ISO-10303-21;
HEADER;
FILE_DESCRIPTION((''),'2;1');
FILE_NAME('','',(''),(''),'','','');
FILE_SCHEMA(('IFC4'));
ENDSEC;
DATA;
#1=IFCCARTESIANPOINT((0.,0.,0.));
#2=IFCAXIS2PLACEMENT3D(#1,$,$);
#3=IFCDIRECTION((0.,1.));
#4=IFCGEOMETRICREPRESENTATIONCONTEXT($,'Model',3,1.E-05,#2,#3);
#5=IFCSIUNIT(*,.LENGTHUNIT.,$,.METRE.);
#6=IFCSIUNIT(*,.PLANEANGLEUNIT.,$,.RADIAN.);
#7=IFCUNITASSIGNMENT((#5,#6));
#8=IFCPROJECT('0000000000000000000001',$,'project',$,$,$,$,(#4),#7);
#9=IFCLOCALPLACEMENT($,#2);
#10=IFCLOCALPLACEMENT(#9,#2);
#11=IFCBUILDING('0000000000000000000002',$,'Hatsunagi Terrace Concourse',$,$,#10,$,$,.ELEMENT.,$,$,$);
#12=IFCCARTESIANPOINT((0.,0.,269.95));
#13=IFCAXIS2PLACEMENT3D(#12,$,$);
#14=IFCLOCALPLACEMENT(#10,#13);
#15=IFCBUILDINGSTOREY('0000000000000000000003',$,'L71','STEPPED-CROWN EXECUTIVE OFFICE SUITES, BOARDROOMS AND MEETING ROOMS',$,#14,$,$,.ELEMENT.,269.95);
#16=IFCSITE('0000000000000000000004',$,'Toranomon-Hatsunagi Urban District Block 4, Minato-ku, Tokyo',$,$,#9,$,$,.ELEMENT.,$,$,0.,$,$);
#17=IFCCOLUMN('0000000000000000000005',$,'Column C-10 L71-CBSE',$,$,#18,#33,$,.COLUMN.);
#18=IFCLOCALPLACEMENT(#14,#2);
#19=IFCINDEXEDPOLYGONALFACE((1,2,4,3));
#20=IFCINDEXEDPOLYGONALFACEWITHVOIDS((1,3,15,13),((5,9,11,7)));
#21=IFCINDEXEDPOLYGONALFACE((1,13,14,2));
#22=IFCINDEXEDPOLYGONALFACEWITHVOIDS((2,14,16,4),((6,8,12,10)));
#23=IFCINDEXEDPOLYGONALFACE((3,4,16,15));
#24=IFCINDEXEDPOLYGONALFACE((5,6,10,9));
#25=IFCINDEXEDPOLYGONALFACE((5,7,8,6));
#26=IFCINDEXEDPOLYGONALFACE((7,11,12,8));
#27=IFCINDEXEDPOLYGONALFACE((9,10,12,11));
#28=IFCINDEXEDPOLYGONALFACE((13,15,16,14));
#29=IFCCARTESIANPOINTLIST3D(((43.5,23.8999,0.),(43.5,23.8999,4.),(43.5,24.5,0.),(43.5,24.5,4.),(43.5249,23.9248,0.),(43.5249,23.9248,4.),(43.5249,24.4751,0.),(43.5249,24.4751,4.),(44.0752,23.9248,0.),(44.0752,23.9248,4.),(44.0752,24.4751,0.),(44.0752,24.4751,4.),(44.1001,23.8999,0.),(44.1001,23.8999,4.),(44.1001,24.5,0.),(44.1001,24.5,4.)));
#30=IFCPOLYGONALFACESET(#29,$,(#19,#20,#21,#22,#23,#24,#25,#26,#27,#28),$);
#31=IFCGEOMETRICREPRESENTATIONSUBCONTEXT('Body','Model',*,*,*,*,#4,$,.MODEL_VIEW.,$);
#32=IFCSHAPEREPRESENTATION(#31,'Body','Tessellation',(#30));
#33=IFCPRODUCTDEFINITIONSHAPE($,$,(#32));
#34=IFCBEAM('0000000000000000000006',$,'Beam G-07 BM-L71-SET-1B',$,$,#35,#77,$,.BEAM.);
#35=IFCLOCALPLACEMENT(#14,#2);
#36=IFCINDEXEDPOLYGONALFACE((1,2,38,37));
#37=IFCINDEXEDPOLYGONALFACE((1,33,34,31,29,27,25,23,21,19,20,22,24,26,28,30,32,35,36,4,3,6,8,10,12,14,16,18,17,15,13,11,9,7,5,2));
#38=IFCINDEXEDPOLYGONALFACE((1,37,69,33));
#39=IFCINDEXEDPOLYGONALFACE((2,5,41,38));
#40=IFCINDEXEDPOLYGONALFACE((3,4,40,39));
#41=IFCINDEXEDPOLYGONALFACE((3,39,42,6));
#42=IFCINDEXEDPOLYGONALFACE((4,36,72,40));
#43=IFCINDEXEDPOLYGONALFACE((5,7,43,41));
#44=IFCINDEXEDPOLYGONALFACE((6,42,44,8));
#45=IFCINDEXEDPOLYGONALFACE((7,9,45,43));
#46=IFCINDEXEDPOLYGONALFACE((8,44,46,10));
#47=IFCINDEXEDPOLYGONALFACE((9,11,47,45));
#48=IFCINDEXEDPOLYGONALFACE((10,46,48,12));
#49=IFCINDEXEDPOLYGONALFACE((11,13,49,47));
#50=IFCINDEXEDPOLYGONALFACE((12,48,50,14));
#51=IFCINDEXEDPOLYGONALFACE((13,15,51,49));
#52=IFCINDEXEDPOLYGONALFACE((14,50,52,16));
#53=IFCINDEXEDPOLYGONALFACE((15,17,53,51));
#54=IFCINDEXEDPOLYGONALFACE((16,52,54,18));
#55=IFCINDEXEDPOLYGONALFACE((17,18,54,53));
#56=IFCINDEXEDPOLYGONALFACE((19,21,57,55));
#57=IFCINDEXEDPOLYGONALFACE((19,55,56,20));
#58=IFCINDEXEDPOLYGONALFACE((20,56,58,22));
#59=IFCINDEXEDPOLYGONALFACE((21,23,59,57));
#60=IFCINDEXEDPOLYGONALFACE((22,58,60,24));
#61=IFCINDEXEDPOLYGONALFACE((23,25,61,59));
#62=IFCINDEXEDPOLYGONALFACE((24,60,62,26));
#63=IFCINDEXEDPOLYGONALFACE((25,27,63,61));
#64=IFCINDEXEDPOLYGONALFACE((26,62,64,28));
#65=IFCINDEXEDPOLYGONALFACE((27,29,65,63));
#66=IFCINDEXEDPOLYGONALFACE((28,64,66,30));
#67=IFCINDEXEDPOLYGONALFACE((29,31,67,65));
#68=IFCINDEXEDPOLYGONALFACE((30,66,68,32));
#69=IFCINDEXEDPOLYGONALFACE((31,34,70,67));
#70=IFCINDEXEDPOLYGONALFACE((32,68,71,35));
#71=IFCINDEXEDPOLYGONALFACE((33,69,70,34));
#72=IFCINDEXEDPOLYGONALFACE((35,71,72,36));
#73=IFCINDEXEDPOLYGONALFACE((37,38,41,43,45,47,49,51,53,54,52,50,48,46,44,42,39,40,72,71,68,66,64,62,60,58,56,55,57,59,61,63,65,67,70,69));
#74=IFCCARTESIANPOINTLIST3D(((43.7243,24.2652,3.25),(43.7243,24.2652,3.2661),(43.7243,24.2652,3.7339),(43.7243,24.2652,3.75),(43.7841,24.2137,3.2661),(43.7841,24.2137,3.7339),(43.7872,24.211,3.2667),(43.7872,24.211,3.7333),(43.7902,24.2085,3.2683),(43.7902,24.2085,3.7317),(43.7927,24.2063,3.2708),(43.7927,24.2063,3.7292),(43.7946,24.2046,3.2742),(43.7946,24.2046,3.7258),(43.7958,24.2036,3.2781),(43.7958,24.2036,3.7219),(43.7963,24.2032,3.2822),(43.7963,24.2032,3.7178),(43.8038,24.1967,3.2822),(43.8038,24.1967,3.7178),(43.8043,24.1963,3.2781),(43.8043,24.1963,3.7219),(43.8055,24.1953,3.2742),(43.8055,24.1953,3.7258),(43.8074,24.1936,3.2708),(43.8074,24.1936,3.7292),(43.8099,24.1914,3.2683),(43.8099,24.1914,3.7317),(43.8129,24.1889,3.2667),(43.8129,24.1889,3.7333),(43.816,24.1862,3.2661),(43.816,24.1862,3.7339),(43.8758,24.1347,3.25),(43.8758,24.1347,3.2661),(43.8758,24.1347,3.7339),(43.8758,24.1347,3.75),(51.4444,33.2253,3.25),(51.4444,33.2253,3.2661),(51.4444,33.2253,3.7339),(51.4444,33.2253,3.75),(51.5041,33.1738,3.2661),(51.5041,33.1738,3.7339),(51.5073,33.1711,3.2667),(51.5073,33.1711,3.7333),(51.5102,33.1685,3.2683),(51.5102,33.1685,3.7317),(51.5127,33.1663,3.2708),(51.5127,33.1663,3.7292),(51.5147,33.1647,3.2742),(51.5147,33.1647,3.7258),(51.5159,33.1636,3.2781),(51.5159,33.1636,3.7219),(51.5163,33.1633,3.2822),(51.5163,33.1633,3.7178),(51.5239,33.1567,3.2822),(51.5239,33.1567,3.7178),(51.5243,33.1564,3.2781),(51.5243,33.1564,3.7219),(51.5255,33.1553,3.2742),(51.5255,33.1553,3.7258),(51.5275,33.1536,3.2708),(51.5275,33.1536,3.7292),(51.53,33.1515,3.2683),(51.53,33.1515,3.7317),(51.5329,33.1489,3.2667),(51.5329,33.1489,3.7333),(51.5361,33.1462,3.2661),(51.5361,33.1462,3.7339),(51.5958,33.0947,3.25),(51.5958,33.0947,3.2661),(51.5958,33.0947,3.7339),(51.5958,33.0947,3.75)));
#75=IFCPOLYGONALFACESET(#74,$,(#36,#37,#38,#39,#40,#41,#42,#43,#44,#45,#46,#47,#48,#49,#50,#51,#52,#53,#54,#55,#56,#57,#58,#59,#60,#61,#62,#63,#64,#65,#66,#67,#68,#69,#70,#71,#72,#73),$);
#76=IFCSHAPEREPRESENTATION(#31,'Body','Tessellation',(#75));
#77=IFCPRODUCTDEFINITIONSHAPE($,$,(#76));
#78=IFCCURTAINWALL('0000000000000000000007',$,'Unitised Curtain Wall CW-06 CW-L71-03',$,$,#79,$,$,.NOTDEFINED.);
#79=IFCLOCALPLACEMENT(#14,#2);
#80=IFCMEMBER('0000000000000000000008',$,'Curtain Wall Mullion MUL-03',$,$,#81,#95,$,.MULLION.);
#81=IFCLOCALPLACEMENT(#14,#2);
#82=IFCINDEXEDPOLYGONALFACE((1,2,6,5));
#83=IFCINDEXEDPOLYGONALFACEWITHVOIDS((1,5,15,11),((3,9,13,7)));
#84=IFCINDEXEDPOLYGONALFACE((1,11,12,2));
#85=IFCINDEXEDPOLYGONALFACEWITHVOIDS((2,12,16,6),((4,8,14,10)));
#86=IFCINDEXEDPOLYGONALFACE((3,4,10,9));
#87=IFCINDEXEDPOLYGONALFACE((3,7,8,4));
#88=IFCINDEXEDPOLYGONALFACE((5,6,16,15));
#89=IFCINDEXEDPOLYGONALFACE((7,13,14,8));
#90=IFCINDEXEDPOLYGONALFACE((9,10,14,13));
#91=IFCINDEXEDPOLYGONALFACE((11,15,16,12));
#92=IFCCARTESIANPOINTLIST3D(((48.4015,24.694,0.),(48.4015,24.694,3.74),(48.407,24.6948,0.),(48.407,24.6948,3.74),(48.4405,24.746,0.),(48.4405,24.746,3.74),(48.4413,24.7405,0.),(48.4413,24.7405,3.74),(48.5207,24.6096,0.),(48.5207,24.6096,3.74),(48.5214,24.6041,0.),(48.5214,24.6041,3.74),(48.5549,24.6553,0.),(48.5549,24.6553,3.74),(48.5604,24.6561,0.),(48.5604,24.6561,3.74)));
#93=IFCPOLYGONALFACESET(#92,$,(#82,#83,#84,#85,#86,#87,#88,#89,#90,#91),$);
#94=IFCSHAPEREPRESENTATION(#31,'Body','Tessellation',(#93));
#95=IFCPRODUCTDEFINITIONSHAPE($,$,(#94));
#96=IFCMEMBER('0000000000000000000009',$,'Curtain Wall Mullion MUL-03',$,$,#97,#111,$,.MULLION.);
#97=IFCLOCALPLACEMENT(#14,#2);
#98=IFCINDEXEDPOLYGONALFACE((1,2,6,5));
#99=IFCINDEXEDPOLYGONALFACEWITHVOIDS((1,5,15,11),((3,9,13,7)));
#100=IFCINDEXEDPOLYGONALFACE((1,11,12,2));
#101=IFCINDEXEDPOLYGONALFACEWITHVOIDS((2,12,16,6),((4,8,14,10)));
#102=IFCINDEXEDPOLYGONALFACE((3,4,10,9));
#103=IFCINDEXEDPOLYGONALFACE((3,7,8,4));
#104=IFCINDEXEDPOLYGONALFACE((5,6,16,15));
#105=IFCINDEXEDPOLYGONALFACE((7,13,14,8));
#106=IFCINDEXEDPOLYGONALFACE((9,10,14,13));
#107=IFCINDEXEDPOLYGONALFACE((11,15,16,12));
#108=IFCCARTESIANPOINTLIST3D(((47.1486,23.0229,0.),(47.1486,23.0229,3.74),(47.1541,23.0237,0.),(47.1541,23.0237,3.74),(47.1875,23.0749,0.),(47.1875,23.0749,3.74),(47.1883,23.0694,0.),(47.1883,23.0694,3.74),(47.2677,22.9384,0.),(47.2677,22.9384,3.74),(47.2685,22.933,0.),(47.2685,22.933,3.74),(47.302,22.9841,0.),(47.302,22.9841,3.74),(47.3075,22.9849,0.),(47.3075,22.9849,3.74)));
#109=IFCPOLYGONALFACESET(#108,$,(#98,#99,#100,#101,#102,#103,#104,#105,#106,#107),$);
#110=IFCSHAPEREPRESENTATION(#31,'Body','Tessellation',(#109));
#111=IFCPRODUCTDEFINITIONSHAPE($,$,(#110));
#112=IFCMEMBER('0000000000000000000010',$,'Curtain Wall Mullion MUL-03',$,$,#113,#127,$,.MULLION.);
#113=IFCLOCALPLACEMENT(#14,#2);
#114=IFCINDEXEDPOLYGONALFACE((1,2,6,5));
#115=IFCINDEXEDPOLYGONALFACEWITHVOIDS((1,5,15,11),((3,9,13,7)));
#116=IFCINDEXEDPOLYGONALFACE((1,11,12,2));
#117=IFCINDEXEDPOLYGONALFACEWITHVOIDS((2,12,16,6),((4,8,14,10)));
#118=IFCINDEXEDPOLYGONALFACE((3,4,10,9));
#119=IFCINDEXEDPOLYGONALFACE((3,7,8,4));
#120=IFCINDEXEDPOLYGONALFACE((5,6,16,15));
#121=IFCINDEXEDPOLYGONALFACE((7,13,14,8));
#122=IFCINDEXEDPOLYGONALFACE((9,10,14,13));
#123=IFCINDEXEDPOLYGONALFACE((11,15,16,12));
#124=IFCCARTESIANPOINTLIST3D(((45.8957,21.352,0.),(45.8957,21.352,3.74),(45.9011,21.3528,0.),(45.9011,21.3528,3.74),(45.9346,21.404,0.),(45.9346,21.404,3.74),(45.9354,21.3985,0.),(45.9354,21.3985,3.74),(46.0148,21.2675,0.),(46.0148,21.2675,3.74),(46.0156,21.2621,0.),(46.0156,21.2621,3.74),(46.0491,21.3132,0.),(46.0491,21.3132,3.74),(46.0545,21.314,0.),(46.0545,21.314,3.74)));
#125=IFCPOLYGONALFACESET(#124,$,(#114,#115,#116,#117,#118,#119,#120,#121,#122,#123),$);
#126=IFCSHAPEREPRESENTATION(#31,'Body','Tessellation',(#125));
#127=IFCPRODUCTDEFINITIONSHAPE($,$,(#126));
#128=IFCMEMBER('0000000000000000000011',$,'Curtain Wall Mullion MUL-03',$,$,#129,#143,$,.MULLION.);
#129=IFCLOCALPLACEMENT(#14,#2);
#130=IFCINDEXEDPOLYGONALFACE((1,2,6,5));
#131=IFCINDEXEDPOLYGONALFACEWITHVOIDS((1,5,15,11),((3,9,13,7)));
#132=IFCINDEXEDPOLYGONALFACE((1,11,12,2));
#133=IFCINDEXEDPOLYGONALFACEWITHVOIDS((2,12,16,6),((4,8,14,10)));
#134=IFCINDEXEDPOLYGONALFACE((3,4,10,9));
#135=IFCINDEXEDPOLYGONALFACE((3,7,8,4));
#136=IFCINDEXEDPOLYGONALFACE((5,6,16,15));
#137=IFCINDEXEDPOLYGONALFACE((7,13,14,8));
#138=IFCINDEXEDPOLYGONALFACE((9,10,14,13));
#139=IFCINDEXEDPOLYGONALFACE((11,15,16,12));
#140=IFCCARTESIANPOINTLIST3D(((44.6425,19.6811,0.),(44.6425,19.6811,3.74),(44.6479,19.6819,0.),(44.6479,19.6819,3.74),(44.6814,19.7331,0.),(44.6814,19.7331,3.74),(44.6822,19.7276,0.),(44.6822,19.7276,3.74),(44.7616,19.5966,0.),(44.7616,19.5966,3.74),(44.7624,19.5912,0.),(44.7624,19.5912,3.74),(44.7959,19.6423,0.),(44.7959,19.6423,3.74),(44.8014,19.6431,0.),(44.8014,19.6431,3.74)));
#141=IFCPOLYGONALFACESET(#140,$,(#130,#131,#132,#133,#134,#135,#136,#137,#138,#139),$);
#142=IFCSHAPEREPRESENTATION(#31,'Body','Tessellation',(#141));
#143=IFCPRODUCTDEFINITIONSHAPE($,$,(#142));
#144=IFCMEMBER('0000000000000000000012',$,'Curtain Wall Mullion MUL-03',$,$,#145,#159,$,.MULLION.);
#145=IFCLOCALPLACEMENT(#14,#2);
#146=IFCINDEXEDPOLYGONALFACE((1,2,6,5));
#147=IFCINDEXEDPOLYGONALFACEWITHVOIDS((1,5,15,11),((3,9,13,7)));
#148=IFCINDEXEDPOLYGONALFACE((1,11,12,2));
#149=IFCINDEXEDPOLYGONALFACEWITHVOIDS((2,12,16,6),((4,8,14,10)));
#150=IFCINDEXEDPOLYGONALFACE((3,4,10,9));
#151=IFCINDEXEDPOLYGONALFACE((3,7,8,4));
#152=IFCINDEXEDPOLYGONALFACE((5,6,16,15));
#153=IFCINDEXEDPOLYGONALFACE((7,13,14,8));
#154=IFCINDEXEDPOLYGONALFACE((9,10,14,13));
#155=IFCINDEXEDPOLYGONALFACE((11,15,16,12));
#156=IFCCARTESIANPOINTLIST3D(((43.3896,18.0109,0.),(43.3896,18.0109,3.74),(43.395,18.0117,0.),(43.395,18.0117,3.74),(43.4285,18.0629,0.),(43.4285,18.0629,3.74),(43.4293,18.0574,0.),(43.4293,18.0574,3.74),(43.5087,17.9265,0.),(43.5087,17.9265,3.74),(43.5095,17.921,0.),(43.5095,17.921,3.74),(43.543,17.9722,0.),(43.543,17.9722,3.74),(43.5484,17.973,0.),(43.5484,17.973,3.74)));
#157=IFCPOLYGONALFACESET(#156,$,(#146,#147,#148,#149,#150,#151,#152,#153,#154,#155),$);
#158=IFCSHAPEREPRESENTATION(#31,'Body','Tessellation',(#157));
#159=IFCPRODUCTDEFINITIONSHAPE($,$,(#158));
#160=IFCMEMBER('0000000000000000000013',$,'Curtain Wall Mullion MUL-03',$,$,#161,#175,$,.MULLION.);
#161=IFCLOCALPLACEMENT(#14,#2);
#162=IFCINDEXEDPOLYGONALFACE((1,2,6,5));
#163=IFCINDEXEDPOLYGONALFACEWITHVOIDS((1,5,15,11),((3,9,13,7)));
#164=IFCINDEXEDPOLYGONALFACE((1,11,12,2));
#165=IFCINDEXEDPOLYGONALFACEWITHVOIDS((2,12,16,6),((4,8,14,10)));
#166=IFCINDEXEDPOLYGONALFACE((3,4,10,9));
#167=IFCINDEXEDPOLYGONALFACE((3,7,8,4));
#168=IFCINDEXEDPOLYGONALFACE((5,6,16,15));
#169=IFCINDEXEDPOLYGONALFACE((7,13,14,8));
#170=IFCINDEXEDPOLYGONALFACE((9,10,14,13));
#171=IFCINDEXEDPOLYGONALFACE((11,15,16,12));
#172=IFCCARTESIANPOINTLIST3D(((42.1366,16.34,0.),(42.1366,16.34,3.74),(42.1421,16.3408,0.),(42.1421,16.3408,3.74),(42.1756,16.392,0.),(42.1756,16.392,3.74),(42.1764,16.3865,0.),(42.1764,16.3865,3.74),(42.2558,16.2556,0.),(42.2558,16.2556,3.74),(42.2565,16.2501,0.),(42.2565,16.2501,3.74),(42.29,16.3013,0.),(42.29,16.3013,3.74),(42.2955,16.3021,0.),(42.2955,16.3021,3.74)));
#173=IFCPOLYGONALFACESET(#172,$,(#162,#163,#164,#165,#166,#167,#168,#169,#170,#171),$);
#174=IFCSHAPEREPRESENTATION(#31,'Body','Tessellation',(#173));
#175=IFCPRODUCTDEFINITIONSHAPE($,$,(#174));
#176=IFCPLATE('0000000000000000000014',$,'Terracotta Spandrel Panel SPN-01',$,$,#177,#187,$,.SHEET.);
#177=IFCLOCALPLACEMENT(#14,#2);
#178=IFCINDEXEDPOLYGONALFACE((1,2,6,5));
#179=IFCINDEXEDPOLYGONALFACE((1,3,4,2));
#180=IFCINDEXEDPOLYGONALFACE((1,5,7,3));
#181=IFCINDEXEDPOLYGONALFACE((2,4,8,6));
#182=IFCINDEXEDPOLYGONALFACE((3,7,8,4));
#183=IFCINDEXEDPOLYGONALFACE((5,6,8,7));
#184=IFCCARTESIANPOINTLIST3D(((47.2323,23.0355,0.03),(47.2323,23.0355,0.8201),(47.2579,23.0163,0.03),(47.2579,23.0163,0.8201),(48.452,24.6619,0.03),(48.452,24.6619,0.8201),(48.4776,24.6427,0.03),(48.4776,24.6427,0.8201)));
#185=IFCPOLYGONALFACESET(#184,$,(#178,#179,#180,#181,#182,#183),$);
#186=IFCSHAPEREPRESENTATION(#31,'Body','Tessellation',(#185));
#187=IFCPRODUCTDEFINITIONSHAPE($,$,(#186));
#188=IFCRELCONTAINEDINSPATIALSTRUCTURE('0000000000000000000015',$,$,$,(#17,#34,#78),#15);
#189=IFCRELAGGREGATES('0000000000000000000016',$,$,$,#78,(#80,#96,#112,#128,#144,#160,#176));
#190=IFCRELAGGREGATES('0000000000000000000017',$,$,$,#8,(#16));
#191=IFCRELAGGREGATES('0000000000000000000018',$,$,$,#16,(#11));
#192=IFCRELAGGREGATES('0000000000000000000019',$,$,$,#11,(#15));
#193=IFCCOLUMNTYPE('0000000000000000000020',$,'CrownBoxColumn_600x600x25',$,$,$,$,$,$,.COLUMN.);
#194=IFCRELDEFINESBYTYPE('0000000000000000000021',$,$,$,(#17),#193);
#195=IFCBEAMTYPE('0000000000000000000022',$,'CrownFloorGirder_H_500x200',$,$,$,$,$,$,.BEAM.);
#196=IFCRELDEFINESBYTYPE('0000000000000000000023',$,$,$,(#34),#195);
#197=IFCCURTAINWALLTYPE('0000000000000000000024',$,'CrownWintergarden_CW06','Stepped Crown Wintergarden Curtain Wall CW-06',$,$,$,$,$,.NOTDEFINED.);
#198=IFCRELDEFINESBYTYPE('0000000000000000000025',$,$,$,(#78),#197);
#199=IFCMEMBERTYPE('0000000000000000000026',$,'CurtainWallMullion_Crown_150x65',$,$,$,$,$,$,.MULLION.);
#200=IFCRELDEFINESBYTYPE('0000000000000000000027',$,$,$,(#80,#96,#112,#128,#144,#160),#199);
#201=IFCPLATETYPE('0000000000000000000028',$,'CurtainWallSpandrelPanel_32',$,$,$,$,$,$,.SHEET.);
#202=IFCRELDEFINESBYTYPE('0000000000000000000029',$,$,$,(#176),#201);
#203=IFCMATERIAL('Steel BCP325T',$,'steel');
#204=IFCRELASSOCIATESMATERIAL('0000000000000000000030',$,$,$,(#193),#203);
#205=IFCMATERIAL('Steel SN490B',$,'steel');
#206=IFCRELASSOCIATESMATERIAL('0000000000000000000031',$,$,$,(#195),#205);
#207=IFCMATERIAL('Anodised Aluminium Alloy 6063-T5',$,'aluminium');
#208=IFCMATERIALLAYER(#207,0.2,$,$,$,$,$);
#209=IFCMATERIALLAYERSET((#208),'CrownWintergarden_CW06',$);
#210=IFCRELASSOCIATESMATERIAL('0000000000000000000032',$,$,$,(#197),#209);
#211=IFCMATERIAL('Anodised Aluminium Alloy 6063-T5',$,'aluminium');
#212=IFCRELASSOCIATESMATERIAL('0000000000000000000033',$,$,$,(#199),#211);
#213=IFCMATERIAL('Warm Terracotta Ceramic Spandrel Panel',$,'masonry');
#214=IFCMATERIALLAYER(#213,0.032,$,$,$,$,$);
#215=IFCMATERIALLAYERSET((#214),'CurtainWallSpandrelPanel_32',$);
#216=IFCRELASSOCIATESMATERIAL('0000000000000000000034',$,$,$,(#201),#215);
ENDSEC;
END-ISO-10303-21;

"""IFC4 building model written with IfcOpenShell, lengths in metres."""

from ifc_helpers import new_model, si_unit, direction, frame, origin, origin_2d, place, context, subcontext, project, spatial, rectangle, hollow_rectangle, i_section, extrude, material, layer, layer_set, material_profile, profile_set, type_object, element, aggregate, save


model = new_model("IFC4")

# Units and contexts
model_context = context("Model", 3, precision=1e-05, world=origin(), true_north=direction((0.0, 1.0)))
body_context = subcontext(model_context, "Body", "Model", "MODEL_VIEW")
ifc_project = project(units=[si_unit("LENGTHUNIT", "METRE"), si_unit("PLANEANGLEUNIT", "RADIAN")], contexts=[model_context])

# Site, building, storey
site_placement = place(None, origin())
site = spatial("IfcSite", under=ifc_project, at=site_placement, Name="Toranomon-Hatsunagi Urban District Block 4, Minato-ku, Tokyo", CompositionType="ELEMENT", RefElevation=0.0)
building_placement = place(site_placement, origin())
building = spatial("IfcBuilding", under=site, at=building_placement, Name="Hatsunagi Terrace Concourse", CompositionType="ELEMENT")
storey_placement = place(building_placement, frame((0.0, 0.0, 269.95)))
storey = spatial("IfcBuildingStorey", under=building, at=storey_placement, Name="L71", Description="STEPPED-CROWN EXECUTIVE OFFICE SUITES, BOARDROOMS AND MEETING ROOMS", CompositionType="ELEMENT", Elevation=269.95)

# Column
ifc_material_1 = material(Name="Steel BCP325T", Category="steel")
ifc_material_profile_1 = material_profile(ifc_material_1, hollow_rectangle(XDim=0.6001, YDim=0.6001, WallThickness=0.0249, at=origin_2d()), Name="BCP-600x600x25")
ifc_profile_set_1 = profile_set([ifc_material_profile_1], Name="Steel BCP325T")
column_type = type_object("IfcColumnType", Name="CrownBoxColumn_600x600x25", PredefinedType="COLUMN", material=ifc_profile_set_1)
column_placement = place(storey_placement, frame((43.8, 24.2, 0.0), z_axis=(0.0, 0.0, 1.0), x_axis=(1.0, 0.0, 0.0)))
element("IfcColumn", 1, at=column_placement, inside=storey, type_object=column_type, Name="Column C-10 L71-CBSE", PredefinedType="COLUMN", context=body_context, shape_type="SweptSolid", body=[
    extrude(hollow_rectangle(XDim=0.6001, YDim=0.6001, WallThickness=0.0249, at=origin_2d()), origin(), (0.0, 0.0, 1.0), 4.0),
])

# Beam
ifc_material_2 = material(Name="Steel SN490B", Category="steel")
ifc_material_profile_2 = material_profile(ifc_material_2, i_section(OverallWidth=0.2, OverallDepth=0.5, WebThickness=0.01, FlangeThickness=0.0161, FilletRadius=0.0161, at=origin_2d()), Name="H-500x200x10x16")
ifc_profile_set_2 = profile_set([ifc_material_profile_2], Name="Steel SN490B")
beam_type = type_object("IfcBeamType", Name="CrownFloorGirder_H_500x200", PredefinedType="BEAM", material=ifc_profile_set_2)
beam_placement = place(storey_placement, frame((43.8, 24.2, 3.5), z_axis=(0.652739, 0.757583, 0.0), x_axis=(-0.757583, 0.652739, 0.0)))
element("IfcBeam", 2, at=beam_placement, inside=storey, type_object=beam_type, Name="Beam G-07 BM-L71-SET-1B", PredefinedType="BEAM", context=body_context, shape_type="SweptSolid", body=[
    extrude(i_section(OverallWidth=0.2, OverallDepth=0.5, WebThickness=0.01, FlangeThickness=0.0161, FilletRadius=0.0161, at=origin_2d()), origin(), (0.0, 0.0, 1.0), 11.8271),
])

# Curtain wall, members, plate
ifc_material_3 = material(Name="Anodised Aluminium Alloy 6063-T5", Category="aluminium")
ifc_layer_1 = layer(ifc_material_3, 0.2)
ifc_layer_set_1 = layer_set([ifc_layer_1], Name="CrownWintergarden_CW06")
curtain_wall_type = type_object("IfcCurtainWallType", Name="CrownWintergarden_CW06", Description="Stepped Crown Wintergarden Curtain Wall CW-06", PredefinedType="NOTDEFINED", material=ifc_layer_set_1)
curtain_wall_placement = place(storey_placement, origin())
curtain_wall = element("IfcCurtainWall", 3, at=curtain_wall_placement, inside=storey, type_object=curtain_wall_type, Name="Unitised Curtain Wall CW-06 CW-L71-03", PredefinedType="NOTDEFINED")
ifc_material_4 = material(Name="Anodised Aluminium Alloy 6063-T5", Category="aluminium")
ifc_material_profile_3 = material_profile(ifc_material_4, hollow_rectangle(XDim=0.0649, YDim=0.1499, WallThickness=0.0039, at=origin_2d()), Name="ALU-MUL-150x65x4")
ifc_profile_set_3 = profile_set([ifc_material_profile_3], Name="Anodised Aluminium Alloy 6063-T5")
member_type = type_object("IfcMemberType", Name="CurtainWallMullion_Crown_150x65", PredefinedType="MULLION", material=ifc_profile_set_3)
member_1_placement = place(storey_placement, frame((48.481, 24.675, 0.0), z_axis=(0.0, 0.0, 1.0), x_axis=(-0.599969, -0.800023, 0.0)))
member_1 = element("IfcMember", 4, at=member_1_placement, type_object=member_type, Name="Curtain Wall Mullion MUL-03", PredefinedType="MULLION", context=body_context, shape_type="SweptSolid", body=[
    extrude(hollow_rectangle(XDim=0.0649, YDim=0.1499, WallThickness=0.0039, at=origin_2d()), origin(), (0.0, 0.0, 1.0), 3.74),
])
member_2_placement = place(storey_placement, frame((47.228, 23.0039, 0.0), z_axis=(0.0, 0.0, 1.0), x_axis=(-0.599969, -0.800023, 0.0)))
member_2 = element("IfcMember", 5, at=member_2_placement, type_object=member_type, Name="Curtain Wall Mullion MUL-03", PredefinedType="MULLION", context=body_context, shape_type="SweptSolid", body=[
    extrude(hollow_rectangle(XDim=0.0649, YDim=0.1499, WallThickness=0.0039, at=origin_2d()), origin(), (0.0, 0.0, 1.0), 3.74),
])
member_3_placement = place(storey_placement, frame((45.9751, 21.333, 0.0), z_axis=(0.0, 0.0, 1.0), x_axis=(-0.599969, -0.800023, 0.0)))
member_3 = element("IfcMember", 6, at=member_3_placement, type_object=member_type, Name="Curtain Wall Mullion MUL-03", PredefinedType="MULLION", context=body_context, shape_type="SweptSolid", body=[
    extrude(hollow_rectangle(XDim=0.0649, YDim=0.1499, WallThickness=0.0039, at=origin_2d()), origin(), (0.0, 0.0, 1.0), 3.74),
])
member_4_placement = place(storey_placement, frame((44.7219, 19.6621, 0.0), z_axis=(0.0, 0.0, 1.0), x_axis=(-0.599969, -0.800023, 0.0)))
member_4 = element("IfcMember", 7, at=member_4_placement, type_object=member_type, Name="Curtain Wall Mullion MUL-03", PredefinedType="MULLION", context=body_context, shape_type="SweptSolid", body=[
    extrude(hollow_rectangle(XDim=0.0649, YDim=0.1499, WallThickness=0.0039, at=origin_2d()), origin(), (0.0, 0.0, 1.0), 3.74),
])
member_5_placement = place(storey_placement, frame((43.469, 17.9919, 0.0), z_axis=(0.0, 0.0, 1.0), x_axis=(-0.599969, -0.800023, 0.0)))
member_5 = element("IfcMember", 8, at=member_5_placement, type_object=member_type, Name="Curtain Wall Mullion MUL-03", PredefinedType="MULLION", context=body_context, shape_type="SweptSolid", body=[
    extrude(hollow_rectangle(XDim=0.0649, YDim=0.1499, WallThickness=0.0039, at=origin_2d()), origin(), (0.0, 0.0, 1.0), 3.74),
])
member_6_placement = place(storey_placement, frame((42.2161, 16.321, 0.0), z_axis=(0.0, 0.0, 1.0), x_axis=(-0.599969, -0.800023, 0.0)))
member_6 = element("IfcMember", 9, at=member_6_placement, type_object=member_type, Name="Curtain Wall Mullion MUL-03", PredefinedType="MULLION", context=body_context, shape_type="SweptSolid", body=[
    extrude(hollow_rectangle(XDim=0.0649, YDim=0.1499, WallThickness=0.0039, at=origin_2d()), origin(), (0.0, 0.0, 1.0), 3.74),
])
ifc_material_5 = material(Name="Warm Terracotta Ceramic Spandrel Panel", Category="masonry")
ifc_layer_2 = layer(ifc_material_5, 0.032)
ifc_layer_set_2 = layer_set([ifc_layer_2], Name="CurtainWallSpandrelPanel_32")
plate_type_1 = type_object("IfcPlateType", Name="CurtainWallSpandrelPanel_32", PredefinedType="SHEET", material=ifc_layer_set_2)
plate_1_placement = place(storey_placement, frame((47.855, 23.8391, 0.03), z_axis=(0.0, 0.0, 1.0), x_axis=(-0.599969, -0.800023, 0.0)))
plate_1 = element("IfcPlate", 10, at=plate_1_placement, type_object=plate_type_1, Name="Terracotta Spandrel Panel SPN-01", PredefinedType="SHEET", context=body_context, shape_type="SweptSolid", body=[
    extrude(rectangle(XDim=2.033, YDim=0.032, at=origin_2d()), origin(), (0.0, 0.0, 1.0), 0.79),
])
aggregate(curtain_wall, [member_1, member_2, member_3, member_4, member_5, member_6, plate_1])

save(model, "model.ifc")
